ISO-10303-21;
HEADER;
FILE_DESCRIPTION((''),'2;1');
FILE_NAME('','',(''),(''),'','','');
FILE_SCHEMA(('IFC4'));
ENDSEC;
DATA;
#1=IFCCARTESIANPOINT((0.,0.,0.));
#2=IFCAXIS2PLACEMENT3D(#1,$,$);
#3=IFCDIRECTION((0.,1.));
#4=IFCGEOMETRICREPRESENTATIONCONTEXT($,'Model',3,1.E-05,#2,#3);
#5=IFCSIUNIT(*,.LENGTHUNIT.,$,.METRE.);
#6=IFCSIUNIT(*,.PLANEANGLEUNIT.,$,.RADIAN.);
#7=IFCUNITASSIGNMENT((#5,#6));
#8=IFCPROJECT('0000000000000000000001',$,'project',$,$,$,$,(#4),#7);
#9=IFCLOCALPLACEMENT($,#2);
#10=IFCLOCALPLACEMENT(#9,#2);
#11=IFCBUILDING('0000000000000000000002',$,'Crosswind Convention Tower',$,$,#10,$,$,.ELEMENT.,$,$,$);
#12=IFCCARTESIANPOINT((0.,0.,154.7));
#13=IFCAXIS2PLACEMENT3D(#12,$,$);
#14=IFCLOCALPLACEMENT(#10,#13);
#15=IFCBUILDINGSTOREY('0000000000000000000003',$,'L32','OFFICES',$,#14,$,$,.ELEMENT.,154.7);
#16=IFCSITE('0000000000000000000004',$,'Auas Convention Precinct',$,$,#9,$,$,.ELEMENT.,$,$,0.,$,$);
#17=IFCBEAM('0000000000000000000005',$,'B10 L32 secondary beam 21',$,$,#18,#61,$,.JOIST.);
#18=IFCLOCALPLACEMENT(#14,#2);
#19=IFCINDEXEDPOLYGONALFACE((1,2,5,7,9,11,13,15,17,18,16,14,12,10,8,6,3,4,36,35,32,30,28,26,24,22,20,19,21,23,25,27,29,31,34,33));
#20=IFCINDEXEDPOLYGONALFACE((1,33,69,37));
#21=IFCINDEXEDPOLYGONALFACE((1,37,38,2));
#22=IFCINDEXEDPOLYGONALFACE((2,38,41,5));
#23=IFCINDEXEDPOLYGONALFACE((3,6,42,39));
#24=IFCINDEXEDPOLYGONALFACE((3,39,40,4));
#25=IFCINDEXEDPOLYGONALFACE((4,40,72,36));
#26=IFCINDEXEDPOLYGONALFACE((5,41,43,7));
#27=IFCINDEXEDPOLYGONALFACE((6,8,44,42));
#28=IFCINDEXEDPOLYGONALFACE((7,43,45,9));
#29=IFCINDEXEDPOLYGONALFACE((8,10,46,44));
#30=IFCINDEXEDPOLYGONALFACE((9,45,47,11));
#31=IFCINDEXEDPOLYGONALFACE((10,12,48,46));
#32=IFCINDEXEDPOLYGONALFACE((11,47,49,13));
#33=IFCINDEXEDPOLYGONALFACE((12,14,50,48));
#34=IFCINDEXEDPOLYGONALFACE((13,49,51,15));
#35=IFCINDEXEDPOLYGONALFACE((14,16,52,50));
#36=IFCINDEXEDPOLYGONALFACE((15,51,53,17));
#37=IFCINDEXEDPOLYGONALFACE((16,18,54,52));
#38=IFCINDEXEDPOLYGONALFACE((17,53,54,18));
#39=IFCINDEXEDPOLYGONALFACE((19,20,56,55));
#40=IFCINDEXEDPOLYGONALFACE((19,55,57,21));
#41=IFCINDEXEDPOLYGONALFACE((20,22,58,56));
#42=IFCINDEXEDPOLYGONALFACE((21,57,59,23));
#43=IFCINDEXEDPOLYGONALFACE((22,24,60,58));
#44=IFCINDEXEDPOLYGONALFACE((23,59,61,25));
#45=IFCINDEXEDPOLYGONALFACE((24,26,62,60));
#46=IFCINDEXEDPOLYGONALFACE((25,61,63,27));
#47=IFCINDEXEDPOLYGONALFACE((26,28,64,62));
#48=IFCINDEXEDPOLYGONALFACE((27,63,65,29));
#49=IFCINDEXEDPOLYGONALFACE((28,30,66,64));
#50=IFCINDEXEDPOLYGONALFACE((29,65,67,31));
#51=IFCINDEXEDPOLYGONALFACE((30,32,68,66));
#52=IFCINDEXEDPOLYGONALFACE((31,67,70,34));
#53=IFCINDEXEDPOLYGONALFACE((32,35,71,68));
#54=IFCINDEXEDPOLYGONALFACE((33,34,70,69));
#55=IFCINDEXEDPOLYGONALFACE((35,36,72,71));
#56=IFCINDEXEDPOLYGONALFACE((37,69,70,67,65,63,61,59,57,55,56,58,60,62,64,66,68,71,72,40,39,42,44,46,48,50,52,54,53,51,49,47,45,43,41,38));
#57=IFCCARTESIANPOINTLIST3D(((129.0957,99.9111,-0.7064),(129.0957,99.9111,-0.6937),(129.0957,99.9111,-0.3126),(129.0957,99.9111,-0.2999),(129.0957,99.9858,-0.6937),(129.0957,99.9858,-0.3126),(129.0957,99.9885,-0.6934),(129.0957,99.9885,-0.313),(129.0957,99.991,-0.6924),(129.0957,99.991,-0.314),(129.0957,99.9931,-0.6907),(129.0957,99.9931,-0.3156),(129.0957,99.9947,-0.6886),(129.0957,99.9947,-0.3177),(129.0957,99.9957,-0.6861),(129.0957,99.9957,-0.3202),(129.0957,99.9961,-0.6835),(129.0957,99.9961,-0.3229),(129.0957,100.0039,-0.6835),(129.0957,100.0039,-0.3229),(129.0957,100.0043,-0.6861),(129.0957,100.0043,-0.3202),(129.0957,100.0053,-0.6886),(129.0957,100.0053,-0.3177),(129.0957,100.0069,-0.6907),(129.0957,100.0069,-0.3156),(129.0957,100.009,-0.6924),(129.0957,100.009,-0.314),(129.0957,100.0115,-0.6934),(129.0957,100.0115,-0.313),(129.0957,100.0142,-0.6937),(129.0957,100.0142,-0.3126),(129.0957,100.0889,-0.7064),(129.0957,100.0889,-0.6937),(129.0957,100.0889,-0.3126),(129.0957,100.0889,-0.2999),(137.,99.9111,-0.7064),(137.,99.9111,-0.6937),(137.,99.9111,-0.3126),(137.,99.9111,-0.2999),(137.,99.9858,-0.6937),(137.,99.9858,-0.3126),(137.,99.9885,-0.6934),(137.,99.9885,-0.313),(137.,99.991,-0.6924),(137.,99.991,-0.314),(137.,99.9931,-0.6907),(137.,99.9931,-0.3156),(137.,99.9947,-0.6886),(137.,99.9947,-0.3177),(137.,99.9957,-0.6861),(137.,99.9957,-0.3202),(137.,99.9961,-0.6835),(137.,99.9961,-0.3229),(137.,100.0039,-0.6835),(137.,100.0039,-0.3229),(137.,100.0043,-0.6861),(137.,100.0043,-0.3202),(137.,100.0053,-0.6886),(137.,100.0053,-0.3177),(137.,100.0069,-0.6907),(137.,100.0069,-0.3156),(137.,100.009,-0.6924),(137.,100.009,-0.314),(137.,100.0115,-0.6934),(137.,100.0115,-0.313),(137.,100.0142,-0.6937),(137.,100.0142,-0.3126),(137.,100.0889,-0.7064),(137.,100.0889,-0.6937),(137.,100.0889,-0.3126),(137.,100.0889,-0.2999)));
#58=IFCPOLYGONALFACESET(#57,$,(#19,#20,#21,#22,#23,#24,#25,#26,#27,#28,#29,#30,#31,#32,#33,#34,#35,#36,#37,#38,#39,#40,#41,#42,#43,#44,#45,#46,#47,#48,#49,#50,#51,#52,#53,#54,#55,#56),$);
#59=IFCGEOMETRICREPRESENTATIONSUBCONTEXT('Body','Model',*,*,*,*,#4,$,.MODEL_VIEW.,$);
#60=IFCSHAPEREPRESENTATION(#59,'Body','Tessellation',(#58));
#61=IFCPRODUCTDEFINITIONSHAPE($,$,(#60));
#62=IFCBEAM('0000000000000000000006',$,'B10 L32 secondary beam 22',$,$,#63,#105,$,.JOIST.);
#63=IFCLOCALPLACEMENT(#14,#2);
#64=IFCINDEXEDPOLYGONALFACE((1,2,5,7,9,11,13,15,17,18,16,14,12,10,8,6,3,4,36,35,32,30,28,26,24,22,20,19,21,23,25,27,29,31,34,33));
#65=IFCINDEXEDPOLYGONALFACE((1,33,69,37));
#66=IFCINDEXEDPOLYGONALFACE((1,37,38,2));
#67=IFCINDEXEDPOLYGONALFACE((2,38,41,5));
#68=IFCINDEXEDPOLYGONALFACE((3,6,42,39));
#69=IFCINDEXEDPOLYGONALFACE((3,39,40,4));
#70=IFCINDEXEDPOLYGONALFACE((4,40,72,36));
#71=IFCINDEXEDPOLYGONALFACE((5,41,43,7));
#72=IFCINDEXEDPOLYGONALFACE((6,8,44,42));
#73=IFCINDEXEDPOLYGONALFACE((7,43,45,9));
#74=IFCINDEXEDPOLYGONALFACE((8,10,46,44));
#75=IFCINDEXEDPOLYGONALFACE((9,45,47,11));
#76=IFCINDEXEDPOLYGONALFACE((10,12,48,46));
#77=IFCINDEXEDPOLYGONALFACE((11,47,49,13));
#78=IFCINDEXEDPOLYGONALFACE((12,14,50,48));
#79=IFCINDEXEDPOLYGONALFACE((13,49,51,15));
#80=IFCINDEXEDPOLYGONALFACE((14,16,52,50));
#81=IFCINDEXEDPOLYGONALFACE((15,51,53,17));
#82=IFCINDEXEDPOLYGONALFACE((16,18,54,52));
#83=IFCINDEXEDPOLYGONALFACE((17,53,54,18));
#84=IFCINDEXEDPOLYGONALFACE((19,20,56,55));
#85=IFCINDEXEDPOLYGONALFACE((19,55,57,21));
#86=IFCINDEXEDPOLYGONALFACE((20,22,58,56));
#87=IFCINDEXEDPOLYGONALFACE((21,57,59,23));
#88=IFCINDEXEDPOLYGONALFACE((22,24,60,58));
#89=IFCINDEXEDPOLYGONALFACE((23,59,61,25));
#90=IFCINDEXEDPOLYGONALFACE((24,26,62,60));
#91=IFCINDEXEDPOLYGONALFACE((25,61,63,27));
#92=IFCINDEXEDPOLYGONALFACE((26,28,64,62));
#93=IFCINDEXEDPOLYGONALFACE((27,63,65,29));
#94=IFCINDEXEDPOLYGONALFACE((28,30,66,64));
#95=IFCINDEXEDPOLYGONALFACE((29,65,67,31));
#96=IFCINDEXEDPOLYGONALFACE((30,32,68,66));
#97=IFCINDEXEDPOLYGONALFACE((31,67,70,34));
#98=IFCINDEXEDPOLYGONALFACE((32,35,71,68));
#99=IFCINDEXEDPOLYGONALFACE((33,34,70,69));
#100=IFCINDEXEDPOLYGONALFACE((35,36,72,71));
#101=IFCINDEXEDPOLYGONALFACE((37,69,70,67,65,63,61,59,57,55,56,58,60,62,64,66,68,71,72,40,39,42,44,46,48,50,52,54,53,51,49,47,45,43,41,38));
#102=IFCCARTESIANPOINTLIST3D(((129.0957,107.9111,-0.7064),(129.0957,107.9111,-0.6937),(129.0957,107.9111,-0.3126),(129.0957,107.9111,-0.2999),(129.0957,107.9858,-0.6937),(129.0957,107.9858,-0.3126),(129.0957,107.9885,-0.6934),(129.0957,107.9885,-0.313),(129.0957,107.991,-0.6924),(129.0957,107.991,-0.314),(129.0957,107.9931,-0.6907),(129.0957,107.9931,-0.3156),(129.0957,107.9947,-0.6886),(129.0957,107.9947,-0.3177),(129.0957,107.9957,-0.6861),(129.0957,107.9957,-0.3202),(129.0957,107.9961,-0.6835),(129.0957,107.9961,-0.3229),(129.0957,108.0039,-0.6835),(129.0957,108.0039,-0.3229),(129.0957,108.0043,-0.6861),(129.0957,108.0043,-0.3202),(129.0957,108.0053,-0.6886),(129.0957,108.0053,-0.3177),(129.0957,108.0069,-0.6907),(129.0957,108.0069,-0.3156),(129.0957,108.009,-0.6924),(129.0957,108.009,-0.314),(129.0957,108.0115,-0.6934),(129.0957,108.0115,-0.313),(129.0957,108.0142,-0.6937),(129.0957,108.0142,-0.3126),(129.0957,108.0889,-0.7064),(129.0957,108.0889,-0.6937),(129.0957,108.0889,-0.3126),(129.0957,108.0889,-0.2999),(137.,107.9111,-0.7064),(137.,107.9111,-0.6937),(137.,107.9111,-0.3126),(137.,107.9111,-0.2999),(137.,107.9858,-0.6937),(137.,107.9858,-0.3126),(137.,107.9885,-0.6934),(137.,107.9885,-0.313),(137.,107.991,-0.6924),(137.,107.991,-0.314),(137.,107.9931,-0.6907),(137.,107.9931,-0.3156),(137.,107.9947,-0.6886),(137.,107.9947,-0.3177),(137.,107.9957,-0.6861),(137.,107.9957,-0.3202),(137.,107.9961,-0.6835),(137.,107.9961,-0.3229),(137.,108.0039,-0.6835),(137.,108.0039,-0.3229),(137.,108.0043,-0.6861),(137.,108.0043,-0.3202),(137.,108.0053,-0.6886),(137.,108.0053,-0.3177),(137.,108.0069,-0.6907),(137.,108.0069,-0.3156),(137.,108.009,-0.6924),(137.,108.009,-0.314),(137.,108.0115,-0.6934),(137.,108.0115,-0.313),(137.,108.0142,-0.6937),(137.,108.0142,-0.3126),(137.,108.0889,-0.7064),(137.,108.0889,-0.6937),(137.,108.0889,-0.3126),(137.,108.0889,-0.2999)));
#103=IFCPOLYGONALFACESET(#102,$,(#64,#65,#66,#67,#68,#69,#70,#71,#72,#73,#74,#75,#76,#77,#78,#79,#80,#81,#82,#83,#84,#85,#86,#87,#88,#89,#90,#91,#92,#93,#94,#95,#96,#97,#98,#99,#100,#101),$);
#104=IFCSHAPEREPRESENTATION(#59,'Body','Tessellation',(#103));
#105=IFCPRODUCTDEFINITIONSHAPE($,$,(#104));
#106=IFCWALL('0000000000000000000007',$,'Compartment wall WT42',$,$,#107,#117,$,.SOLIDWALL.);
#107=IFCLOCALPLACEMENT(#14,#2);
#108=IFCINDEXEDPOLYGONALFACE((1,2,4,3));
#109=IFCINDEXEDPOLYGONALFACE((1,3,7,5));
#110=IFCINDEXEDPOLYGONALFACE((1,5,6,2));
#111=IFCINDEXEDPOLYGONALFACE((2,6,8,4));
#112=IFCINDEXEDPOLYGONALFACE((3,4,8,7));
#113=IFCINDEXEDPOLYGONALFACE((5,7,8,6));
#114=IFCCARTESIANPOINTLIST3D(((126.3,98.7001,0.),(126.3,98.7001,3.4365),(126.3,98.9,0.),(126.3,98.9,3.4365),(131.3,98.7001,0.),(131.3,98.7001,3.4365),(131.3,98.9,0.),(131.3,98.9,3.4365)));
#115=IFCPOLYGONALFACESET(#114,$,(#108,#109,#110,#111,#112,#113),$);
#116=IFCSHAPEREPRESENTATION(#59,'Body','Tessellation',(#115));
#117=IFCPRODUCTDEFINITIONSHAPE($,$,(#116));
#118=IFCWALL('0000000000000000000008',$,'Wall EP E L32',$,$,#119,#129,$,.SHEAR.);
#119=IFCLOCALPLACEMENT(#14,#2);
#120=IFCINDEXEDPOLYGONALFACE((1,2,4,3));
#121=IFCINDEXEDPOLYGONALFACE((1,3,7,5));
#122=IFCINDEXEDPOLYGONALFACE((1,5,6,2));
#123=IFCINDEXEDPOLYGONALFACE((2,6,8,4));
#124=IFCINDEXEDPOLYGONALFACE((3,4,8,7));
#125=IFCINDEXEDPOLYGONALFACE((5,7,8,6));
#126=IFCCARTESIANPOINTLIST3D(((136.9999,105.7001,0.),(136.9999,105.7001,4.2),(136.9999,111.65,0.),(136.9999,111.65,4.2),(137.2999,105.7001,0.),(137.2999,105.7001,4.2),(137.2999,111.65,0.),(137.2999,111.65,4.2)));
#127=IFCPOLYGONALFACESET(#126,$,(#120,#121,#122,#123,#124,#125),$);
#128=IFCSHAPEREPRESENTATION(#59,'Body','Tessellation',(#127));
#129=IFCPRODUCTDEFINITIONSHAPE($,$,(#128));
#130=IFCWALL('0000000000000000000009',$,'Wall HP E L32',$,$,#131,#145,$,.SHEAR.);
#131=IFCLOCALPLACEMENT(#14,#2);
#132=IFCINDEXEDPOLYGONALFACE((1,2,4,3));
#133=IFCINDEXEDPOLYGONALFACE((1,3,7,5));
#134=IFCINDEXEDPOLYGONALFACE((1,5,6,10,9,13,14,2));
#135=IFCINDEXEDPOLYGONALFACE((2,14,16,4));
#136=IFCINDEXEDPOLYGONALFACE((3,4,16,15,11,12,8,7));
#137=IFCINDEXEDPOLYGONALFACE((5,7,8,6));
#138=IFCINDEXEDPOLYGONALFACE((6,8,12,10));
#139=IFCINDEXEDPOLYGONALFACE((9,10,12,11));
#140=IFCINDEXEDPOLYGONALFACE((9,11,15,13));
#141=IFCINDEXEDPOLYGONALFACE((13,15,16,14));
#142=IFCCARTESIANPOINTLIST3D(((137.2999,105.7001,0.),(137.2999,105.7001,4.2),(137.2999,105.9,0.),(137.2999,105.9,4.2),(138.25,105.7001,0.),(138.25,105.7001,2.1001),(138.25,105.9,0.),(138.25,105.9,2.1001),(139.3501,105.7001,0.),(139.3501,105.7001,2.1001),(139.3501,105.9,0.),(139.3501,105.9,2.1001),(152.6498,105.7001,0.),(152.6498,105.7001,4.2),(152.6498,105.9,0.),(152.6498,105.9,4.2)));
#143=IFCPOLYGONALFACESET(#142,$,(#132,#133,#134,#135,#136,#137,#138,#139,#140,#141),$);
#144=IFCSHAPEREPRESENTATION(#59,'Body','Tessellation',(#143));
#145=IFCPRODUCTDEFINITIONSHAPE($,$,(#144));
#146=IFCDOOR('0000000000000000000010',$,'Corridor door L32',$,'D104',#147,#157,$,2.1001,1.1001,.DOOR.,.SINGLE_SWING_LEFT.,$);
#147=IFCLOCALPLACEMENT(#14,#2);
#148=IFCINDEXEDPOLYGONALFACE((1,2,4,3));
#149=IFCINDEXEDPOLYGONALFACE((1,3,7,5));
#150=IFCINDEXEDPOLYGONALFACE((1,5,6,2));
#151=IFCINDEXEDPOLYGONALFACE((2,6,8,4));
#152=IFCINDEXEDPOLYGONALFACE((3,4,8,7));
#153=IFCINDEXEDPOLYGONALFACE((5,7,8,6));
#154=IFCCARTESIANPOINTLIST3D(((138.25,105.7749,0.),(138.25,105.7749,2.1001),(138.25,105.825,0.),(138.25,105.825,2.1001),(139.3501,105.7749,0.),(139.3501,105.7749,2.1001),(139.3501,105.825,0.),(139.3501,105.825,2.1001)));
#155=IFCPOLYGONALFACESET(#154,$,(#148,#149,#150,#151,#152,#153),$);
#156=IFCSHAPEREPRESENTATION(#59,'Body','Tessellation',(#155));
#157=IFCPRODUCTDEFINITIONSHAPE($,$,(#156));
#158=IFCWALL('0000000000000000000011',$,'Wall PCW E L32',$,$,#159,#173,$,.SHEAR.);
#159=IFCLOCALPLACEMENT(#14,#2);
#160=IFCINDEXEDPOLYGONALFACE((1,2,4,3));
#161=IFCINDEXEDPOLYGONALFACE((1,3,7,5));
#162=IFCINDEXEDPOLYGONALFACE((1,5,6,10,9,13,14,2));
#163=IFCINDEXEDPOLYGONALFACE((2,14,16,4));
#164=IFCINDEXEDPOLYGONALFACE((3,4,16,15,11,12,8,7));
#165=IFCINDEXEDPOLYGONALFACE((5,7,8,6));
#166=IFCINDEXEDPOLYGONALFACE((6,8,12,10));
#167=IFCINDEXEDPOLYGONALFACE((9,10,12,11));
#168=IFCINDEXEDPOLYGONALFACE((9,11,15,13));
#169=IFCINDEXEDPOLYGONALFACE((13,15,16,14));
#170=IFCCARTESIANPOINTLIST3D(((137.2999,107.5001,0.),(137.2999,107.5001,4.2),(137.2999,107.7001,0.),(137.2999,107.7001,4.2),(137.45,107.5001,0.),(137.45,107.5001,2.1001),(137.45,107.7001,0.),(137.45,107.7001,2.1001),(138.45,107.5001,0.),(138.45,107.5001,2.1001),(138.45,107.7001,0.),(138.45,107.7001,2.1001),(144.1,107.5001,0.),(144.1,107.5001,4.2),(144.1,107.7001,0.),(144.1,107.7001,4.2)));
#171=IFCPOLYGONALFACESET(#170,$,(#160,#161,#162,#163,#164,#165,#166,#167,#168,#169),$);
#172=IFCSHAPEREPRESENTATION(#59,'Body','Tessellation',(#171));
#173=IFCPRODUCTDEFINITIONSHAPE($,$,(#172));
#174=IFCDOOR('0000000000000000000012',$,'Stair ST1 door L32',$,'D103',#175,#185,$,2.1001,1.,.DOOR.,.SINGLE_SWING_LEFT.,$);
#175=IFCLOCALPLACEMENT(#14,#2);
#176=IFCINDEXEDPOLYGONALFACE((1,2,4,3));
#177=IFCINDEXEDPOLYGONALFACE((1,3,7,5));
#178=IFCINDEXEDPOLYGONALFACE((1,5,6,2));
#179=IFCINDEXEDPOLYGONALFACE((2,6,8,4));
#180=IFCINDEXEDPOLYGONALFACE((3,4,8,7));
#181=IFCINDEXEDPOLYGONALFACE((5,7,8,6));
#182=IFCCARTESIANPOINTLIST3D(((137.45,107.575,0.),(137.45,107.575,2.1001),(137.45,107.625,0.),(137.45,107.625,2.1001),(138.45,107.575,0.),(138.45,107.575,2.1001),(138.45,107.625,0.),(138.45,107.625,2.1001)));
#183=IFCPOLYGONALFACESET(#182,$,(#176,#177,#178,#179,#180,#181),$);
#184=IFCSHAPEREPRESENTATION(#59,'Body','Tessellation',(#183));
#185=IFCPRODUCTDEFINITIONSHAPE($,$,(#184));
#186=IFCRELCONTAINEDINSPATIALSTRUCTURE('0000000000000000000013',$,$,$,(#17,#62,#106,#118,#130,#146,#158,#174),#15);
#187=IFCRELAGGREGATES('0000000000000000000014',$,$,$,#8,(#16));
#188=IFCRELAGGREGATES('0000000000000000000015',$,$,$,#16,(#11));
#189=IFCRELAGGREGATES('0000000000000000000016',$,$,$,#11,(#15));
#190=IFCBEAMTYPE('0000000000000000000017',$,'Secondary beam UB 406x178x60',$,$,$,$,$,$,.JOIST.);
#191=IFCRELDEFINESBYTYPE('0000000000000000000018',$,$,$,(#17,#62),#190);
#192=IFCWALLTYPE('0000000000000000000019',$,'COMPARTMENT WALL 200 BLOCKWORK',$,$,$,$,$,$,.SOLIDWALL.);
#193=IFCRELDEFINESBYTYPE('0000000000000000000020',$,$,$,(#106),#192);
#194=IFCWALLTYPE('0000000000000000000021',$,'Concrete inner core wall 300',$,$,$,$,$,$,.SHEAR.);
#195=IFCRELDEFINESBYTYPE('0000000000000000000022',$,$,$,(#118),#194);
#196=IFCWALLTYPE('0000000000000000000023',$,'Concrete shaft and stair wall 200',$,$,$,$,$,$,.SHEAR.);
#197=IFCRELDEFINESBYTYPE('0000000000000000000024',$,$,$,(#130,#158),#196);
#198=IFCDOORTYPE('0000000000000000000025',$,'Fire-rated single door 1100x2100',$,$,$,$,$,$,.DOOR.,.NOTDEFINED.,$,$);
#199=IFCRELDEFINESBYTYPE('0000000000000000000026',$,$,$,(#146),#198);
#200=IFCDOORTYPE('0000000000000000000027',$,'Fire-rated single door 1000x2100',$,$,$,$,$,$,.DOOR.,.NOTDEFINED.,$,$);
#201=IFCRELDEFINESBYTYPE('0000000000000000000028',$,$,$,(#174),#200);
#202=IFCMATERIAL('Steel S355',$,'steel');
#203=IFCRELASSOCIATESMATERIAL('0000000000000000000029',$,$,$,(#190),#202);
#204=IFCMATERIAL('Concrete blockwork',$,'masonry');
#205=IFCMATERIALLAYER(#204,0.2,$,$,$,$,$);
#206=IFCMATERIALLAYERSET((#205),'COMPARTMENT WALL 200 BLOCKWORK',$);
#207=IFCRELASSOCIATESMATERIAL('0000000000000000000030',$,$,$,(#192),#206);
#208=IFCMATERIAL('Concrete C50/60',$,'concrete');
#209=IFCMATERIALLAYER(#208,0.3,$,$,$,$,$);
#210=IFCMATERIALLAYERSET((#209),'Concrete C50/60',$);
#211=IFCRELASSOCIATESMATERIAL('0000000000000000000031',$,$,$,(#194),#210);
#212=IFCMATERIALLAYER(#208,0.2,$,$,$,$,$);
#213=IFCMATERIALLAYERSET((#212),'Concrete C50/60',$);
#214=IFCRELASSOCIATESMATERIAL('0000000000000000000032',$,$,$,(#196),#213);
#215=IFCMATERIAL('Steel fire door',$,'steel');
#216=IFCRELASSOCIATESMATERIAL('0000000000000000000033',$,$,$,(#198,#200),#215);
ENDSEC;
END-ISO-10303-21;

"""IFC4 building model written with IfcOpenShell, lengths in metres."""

from ifc_helpers import new_model, si_unit, direction, frame, frame_2d, origin, origin_2d, place, context, subcontext, project, spatial, rectangle, i_section, extrude, material, layer, layer_set, material_profile, profile_set, type_object, element, fill, save


model = new_model("IFC4")

# Units and contexts
model_context = context("Model", 3, precision=1e-05, world=origin(), true_north=direction((0.0, 1.0)))
body_context = subcontext(model_context, "Body", "Model", "MODEL_VIEW")
ifc_project = project(units=[si_unit("LENGTHUNIT", "METRE"), si_unit("PLANEANGLEUNIT", "RADIAN")], contexts=[model_context])

# Site, building, storey
site_placement = place(None, origin())
site = spatial("IfcSite", under=ifc_project, at=site_placement, Name="Auas Convention Precinct", CompositionType="ELEMENT", RefElevation=0.0)
building_placement = place(site_placement, origin())
building = spatial("IfcBuilding", under=site, at=building_placement, Name="Crosswind Convention Tower", CompositionType="ELEMENT")
storey_placement = place(building_placement, frame((0.0, 0.0, 154.7)))
storey = spatial("IfcBuildingStorey", under=building, at=storey_placement, Name="L32", Description="OFFICES", CompositionType="ELEMENT", Elevation=154.7)

# Beams
ifc_material_1 = material(Name="Steel S355", Category="steel")
ifc_material_profile_1 = material_profile(ifc_material_1, i_section(OverallWidth=0.1777, OverallDepth=0.4065, WebThickness=0.0078, FlangeThickness=0.0127, FilletRadius=0.0103, at=origin_2d()), Name="UB 406x178x60")
ifc_profile_set_1 = profile_set([ifc_material_profile_1], Name="Steel S355")
beam_type_1 = type_object("IfcBeamType", Name="Secondary beam UB 406x178x60", PredefinedType="JOIST", material=ifc_profile_set_1)
for number, where, z_axis, x_axis, name in (
    (1, (129.0957, 100.0, -0.5032), (1.0, 0.0, 0.0), (0.0, 1.0, 0.0), "B10 L32 secondary beam 21"),
    (2, (129.0957, 108.0, -0.5032), (1.0, 0.0, 0.0), (0.0, 1.0, 0.0), "B10 L32 secondary beam 22"),
):
    element("IfcBeam", number, at=place(storey_placement, frame(where, z_axis=z_axis, x_axis=x_axis)), inside=storey, type_object=beam_type_1, Name=name, PredefinedType="JOIST", context=body_context, shape_type="SweptSolid", body=[
        extrude(i_section(OverallWidth=0.1777, OverallDepth=0.4065, WebThickness=0.0078, FlangeThickness=0.0127, FilletRadius=0.0103, at=origin_2d()), origin(), (0.0, 0.0, 1.0), 7.9043),
    ])

# Walls
ifc_material_2 = material(Name="Concrete blockwork", Category="masonry")
ifc_layer_1 = layer(ifc_material_2, 0.2)
ifc_layer_set_1 = layer_set([ifc_layer_1], Name="COMPARTMENT WALL 200 BLOCKWORK")
wall_type_1 = type_object("IfcWallType", Name="COMPARTMENT WALL 200 BLOCKWORK", PredefinedType="SOLIDWALL", material=ifc_layer_set_1)
wall_1_placement = place(storey_placement, frame((126.3, 98.8, 0.0), z_axis=(0.0, 0.0, 1.0), x_axis=(1.0, 0.0, 0.0)))
element("IfcWall", 3, at=wall_1_placement, inside=storey, type_object=wall_type_1, Name="Compartment wall WT42", PredefinedType="SOLIDWALL", context=body_context, shape_type="SweptSolid", body=[
    extrude(rectangle(XDim=5.0, YDim=0.2, at=frame_2d((2.5, 0.0))), origin(), (0.0, 0.0, 1.0), 3.4365),
])
ifc_material_3 = material(Name="Concrete C50/60", Category="concrete")
ifc_layer_2 = layer(ifc_material_3, 0.3)
ifc_layer_set_2 = layer_set([ifc_layer_2], Name="Concrete C50/60")
wall_type_2 = type_object("IfcWallType", Name="Concrete inner core wall 300", PredefinedType="SHEAR", material=ifc_layer_set_2)
wall_2_placement = place(storey_placement, frame((137.1499, 105.7, 0.0), z_axis=(0.0, 0.0, 1.0), x_axis=(0.0, 1.0, 0.0)))
element("IfcWall", 4, at=wall_2_placement, inside=storey, type_object=wall_type_2, Name="Wall EP E L32", PredefinedType="SHEAR", context=body_context, shape_type="SweptSolid", body=[
    extrude(rectangle(XDim=5.95, YDim=0.3, at=frame_2d((2.9751, 0.0))), origin(), (0.0, 0.0, 1.0), 4.2),
])

# Walls, openings, doors
ifc_layer_3 = layer(ifc_material_3, 0.2)
ifc_layer_set_3 = layer_set([ifc_layer_3], Name="Concrete C50/60")
wall_type_3 = type_object("IfcWallType", Name="Concrete shaft and stair wall 200", PredefinedType="SHEAR", material=ifc_layer_set_3)
wall_3_placement = place(storey_placement, frame((137.3, 105.8, 0.0), z_axis=(0.0, 0.0, 1.0), x_axis=(1.0, 0.0, 0.0)))
wall_3 = element("IfcWall", 5, at=wall_3_placement, inside=storey, type_object=wall_type_3, Name="Wall HP E L32", PredefinedType="SHEAR", context=body_context, shape_type="SweptSolid", body=[
    extrude(rectangle(XDim=15.3499, YDim=0.2, at=frame_2d((7.6748, 0.0))), origin(), (0.0, 0.0, 1.0), 4.2),
])
opening_1_placement = place(wall_3_placement, frame((0.95, 0.0, 0.0)))
opening_1 = element("IfcOpeningElement", 6, at=opening_1_placement, cuts=wall_3, PredefinedType="OPENING", context=body_context, shape_type="SweptSolid", body=[
    extrude(rectangle(XDim=1.1001, YDim=2.1001, at=frame_2d((0.55, 1.05))), frame((0.0, 0.1099, 0.0), z_axis=(0.0, -1.0, 0.0), x_axis=(1.0, 0.0, 0.0)), (0.0, 0.0, 1.0), 0.22),
])
ifc_material_4 = material(Name="Steel fire door", Category="steel")
door_type_1 = type_object("IfcDoorType", Name="Fire-rated single door 1100x2100", OperationType="NOTDEFINED", PredefinedType="DOOR", material=ifc_material_4)
door_1_placement = place(opening_1_placement, origin())
door_1 = element("IfcDoor", 7, at=door_1_placement, inside=storey, type_object=door_type_1, Name="Corridor door L32", ObjectType="D104", OperationType="SINGLE_SWING_LEFT", OverallHeight=2.1001, OverallWidth=1.1001, PredefinedType="DOOR", context=body_context, shape_type="SweptSolid", body=[
    extrude(rectangle(XDim=1.1001, YDim=2.1001, at=frame_2d((0.55, 1.05))), frame((0.0, 0.0249, 0.0), z_axis=(0.0, -1.0, 0.0), x_axis=(1.0, 0.0, 0.0)), (0.0, 0.0, 1.0), 0.05),
])
fill(opening_1, door_1)
wall_4_placement = place(storey_placement, frame((137.3, 107.6001, 0.0), z_axis=(0.0, 0.0, 1.0), x_axis=(1.0, 0.0, 0.0)))
wall_4 = element("IfcWall", 8, at=wall_4_placement, inside=storey, type_object=wall_type_3, Name="Wall PCW E L32", PredefinedType="SHEAR", context=body_context, shape_type="SweptSolid", body=[
    extrude(rectangle(XDim=6.8, YDim=0.2, at=frame_2d((3.3999, 0.0))), origin(), (0.0, 0.0, 1.0), 4.2),
])
opening_2_placement = place(wall_4_placement, frame((0.1499, 0.0, 0.0)))
opening_2 = element("IfcOpeningElement", 9, at=opening_2_placement, cuts=wall_4, PredefinedType="OPENING", context=body_context, shape_type="SweptSolid", body=[
    extrude(rectangle(XDim=1.0, YDim=2.1001, at=frame_2d((0.5, 1.05))), frame((0.0, 0.1099, 0.0), z_axis=(0.0, -1.0, 0.0), x_axis=(1.0, 0.0, 0.0)), (0.0, 0.0, 1.0), 0.22),
])
door_type_2 = type_object("IfcDoorType", Name="Fire-rated single door 1000x2100", OperationType="NOTDEFINED", PredefinedType="DOOR", material=ifc_material_4)
door_2_placement = place(opening_2_placement, origin())
door_2 = element("IfcDoor", 10, at=door_2_placement, inside=storey, type_object=door_type_2, Name="Stair ST1 door L32", ObjectType="D103", OperationType="SINGLE_SWING_LEFT", OverallHeight=2.1001, OverallWidth=1.0, PredefinedType="DOOR", context=body_context, shape_type="SweptSolid", body=[
    extrude(rectangle(XDim=1.0, YDim=2.1001, at=frame_2d((0.5, 1.05))), frame((0.0, 0.0249, 0.0), z_axis=(0.0, -1.0, 0.0), x_axis=(1.0, 0.0, 0.0)), (0.0, 0.0, 1.0), 0.05),
])
fill(opening_2, door_2)

save(model, "model.ifc")
